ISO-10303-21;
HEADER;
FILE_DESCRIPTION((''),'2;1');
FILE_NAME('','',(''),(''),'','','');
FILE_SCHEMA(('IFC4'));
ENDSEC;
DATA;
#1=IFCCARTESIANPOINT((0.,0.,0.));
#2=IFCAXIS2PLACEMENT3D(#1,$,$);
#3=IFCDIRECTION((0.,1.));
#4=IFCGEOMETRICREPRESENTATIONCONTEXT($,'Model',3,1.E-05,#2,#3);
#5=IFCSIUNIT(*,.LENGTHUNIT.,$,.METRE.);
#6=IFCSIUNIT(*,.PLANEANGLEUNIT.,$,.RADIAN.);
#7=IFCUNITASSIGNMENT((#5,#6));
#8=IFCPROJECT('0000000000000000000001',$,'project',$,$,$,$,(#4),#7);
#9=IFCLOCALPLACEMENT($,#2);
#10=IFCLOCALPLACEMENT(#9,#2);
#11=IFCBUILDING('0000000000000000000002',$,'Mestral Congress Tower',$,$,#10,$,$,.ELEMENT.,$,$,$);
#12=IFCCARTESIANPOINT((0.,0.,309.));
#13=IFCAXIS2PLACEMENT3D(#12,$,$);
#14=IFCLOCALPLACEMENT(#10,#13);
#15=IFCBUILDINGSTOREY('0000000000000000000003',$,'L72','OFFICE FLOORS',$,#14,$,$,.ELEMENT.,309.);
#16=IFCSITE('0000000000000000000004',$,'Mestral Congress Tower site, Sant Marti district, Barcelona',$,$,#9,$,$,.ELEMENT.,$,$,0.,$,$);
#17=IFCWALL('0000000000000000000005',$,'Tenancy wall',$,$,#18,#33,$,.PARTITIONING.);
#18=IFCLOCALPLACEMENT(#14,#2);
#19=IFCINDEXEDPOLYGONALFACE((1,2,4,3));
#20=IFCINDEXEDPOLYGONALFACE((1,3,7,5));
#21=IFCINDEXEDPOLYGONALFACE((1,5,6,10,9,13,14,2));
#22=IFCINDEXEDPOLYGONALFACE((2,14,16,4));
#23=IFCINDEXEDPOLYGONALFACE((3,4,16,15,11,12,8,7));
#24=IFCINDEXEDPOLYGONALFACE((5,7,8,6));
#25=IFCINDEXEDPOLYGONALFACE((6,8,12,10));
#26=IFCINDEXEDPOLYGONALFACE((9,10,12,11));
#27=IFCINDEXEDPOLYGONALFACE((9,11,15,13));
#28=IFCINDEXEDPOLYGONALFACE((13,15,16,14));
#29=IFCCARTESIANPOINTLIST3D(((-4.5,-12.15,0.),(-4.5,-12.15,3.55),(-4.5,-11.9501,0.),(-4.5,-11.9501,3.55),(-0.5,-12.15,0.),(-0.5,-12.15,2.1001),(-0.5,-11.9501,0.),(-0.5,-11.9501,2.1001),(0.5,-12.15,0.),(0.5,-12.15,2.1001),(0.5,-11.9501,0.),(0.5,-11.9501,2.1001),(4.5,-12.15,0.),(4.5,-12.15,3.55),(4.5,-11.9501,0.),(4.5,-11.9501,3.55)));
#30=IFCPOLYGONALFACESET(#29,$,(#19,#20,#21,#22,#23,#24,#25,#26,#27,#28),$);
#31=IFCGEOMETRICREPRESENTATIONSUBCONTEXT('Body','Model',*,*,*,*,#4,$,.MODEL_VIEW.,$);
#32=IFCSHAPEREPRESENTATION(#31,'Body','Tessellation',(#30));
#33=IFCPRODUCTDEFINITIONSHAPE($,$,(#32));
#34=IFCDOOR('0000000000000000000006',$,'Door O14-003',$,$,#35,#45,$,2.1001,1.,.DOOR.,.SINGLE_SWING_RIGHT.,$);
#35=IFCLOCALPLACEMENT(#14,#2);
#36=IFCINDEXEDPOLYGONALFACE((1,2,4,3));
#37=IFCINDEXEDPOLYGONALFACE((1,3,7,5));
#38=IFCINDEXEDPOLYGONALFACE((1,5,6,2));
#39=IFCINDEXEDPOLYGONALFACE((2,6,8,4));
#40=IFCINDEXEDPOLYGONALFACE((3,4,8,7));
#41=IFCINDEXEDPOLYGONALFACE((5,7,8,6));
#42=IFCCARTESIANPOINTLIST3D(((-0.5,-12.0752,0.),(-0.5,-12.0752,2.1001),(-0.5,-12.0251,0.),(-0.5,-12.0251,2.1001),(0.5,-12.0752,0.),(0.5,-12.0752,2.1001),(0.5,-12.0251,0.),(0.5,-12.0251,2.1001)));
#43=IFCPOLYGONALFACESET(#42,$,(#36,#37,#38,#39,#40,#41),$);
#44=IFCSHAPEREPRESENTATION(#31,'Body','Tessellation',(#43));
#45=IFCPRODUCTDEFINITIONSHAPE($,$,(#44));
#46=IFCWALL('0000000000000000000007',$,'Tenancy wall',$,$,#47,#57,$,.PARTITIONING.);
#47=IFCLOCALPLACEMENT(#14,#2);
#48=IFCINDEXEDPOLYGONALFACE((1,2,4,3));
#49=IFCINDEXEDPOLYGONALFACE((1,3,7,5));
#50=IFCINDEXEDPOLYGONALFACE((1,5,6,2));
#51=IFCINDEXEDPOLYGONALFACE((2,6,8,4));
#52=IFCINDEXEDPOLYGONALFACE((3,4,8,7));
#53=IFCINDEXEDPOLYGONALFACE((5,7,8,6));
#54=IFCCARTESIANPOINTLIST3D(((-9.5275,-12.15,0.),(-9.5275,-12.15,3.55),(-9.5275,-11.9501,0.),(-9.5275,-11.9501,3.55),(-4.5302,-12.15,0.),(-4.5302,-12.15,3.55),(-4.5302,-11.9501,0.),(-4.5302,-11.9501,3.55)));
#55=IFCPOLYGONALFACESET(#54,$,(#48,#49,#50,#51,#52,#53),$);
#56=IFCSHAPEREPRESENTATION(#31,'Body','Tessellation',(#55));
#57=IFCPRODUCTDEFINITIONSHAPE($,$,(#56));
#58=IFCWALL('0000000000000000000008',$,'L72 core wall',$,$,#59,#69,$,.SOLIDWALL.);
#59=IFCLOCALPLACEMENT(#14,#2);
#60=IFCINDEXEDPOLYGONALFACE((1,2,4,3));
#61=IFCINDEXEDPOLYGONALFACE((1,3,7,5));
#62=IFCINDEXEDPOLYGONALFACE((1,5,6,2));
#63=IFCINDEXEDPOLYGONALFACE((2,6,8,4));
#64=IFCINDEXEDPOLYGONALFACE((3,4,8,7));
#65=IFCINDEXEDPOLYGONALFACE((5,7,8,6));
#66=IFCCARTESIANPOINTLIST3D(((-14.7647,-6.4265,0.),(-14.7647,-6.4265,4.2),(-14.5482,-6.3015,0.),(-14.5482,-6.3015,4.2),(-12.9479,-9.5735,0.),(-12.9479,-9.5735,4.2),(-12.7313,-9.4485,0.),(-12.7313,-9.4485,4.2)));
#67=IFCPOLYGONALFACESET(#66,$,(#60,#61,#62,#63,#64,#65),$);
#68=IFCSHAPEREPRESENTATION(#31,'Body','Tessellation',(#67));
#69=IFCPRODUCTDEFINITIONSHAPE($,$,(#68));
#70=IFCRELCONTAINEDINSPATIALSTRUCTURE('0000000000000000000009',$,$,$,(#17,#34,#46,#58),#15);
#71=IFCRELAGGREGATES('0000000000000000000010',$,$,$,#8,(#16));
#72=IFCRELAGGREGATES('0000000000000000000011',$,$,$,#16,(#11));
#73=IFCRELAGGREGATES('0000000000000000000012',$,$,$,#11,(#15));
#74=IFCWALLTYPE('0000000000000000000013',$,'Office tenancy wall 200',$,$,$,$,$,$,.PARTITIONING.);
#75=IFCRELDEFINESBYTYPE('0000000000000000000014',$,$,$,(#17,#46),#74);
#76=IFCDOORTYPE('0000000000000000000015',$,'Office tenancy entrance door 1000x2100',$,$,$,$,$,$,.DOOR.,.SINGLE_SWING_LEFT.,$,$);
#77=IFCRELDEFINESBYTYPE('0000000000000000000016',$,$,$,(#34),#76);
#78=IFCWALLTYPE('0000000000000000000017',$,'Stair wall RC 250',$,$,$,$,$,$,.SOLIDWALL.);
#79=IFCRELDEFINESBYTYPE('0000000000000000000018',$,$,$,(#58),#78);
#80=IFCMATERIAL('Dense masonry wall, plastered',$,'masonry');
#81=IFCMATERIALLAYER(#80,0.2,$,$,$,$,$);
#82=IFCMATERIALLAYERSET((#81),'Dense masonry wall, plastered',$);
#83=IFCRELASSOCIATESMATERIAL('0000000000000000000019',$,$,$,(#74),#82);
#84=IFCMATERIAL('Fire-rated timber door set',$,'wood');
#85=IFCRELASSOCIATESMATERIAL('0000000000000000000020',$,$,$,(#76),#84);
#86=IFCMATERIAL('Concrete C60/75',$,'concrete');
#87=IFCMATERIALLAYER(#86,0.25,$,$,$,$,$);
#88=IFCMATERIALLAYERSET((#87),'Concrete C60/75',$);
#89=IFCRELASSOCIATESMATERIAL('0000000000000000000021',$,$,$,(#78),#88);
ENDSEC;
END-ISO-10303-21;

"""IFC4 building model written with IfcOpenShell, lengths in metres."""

from ifc_helpers import new_model, si_unit, direction, frame, frame_2d, origin, place, context, subcontext, project, spatial, rectangle, extrude, material, layer, layer_set, type_object, element, fill, save


model = new_model("IFC4")

# Units and contexts
model_context = context("Model", 3, precision=1e-05, world=origin(), true_north=direction((0.0, 1.0)))
body_context = subcontext(model_context, "Body", "Model", "MODEL_VIEW")
ifc_project = project(units=[si_unit("LENGTHUNIT", "METRE"), si_unit("PLANEANGLEUNIT", "RADIAN")], contexts=[model_context])

# Site, building, storey
site_placement = place(None, origin())
site = spatial("IfcSite", under=ifc_project, at=site_placement, Name="Mestral Congress Tower site, Sant Marti district, Barcelona", CompositionType="ELEMENT", RefElevation=0.0)
building_placement = place(site_placement, origin())
building = spatial("IfcBuilding", under=site, at=building_placement, Name="Mestral Congress Tower", CompositionType="ELEMENT")
storey_placement = place(building_placement, frame((0.0, 0.0, 309.0)))
storey = spatial("IfcBuildingStorey", under=building, at=storey_placement, Name="L72", Description="OFFICE FLOORS", CompositionType="ELEMENT", Elevation=309.0)

# Shared definitions
ifc_material_1 = material(Name="Concrete C60/75", Category="concrete")

# Shared definitions
ifc_material_2 = material(Name="Dense masonry wall, plastered", Category="masonry")
ifc_layer_1 = layer(ifc_material_2, 0.2)
ifc_layer_set_1 = layer_set([ifc_layer_1], Name="Dense masonry wall, plastered")
wall_type_1 = type_object("IfcWallType", Name="Office tenancy wall 200", PredefinedType="PARTITIONING", material=ifc_layer_set_1)

# Wall, opening, door
wall_1_placement = place(storey_placement, frame((-4.5, -12.05, 0.0), z_axis=(0.0, 0.0, 1.0), x_axis=(1.0, 0.0, 0.0)))
wall_1 = element("IfcWall", 1, at=wall_1_placement, inside=storey, type_object=wall_type_1, Name="Tenancy wall", PredefinedType="PARTITIONING", context=body_context, shape_type="SweptSolid", body=[
    extrude(rectangle(XDim=9.0, YDim=0.2, at=frame_2d((4.5, 0.0))), origin(), (0.0, 0.0, 1.0), 3.55),
])
opening_1_placement = place(wall_1_placement, frame((4.0, 0.0, 0.0)))
opening_1 = element("IfcOpeningElement", 2, at=opening_1_placement, cuts=wall_1, PredefinedType="OPENING", context=body_context, shape_type="SweptSolid", body=[
    extrude(rectangle(XDim=1.0, YDim=2.1001, at=frame_2d((0.5, 1.05))), frame((0.0, 0.1099, 0.0), z_axis=(0.0, -1.0, 0.0), x_axis=(1.0, 0.0, 0.0)), (0.0, 0.0, 1.0), 0.22),
])
ifc_material_3 = material(Name="Fire-rated timber door set", Category="wood")
door_type_1 = type_object("IfcDoorType", Name="Office tenancy entrance door 1000x2100", OperationType="SINGLE_SWING_LEFT", PredefinedType="DOOR", material=ifc_material_3)
door_1_placement = place(opening_1_placement, origin())
door_1 = element("IfcDoor", 3, at=door_1_placement, inside=storey, type_object=door_type_1, Name="Door O14-003", OperationType="SINGLE_SWING_RIGHT", OverallHeight=2.1001, OverallWidth=1.0, PredefinedType="DOOR", context=body_context, shape_type="SweptSolid", body=[
    extrude(rectangle(XDim=1.0, YDim=2.1001, at=frame_2d((0.5, 1.05))), frame((0.0, 0.0249, 0.0), z_axis=(0.0, -1.0, 0.0), x_axis=(1.0, 0.0, 0.0)), (0.0, 0.0, 1.0), 0.05),
])
fill(opening_1, door_1)

# Walls
wall_2_placement = place(storey_placement, frame((-9.5273, -12.05, 0.0), z_axis=(0.0, 0.0, 1.0), x_axis=(1.0, 0.0, 0.0)))
element("IfcWall", 4, at=wall_2_placement, inside=storey, type_object=wall_type_1, Name="Tenancy wall", PredefinedType="PARTITIONING", context=body_context, shape_type="SweptSolid", body=[
    extrude(rectangle(XDim=4.9973, YDim=0.2, at=frame_2d((2.4985, 0.0))), origin(), (0.0, 0.0, 1.0), 3.55),
])
ifc_layer_2 = layer(ifc_material_1, 0.25)
ifc_layer_set_2 = layer_set([ifc_layer_2], Name="Concrete C60/75")
wall_type_2 = type_object("IfcWallType", Name="Stair wall RC 250", PredefinedType="SOLIDWALL", material=ifc_layer_set_2)
wall_3_placement = place(storey_placement, frame((-12.8396, -9.511, 0.0), z_axis=(0.0, 0.0, 1.0), x_axis=(-0.499998, 0.866027, 0.0)))
element("IfcWall", 5, at=wall_3_placement, inside=storey, type_object=wall_type_2, Name="L72 core wall", PredefinedType="SOLIDWALL", context=body_context, shape_type="SweptSolid", body=[
    extrude(rectangle(XDim=3.6338, YDim=0.25, at=frame_2d((1.8169, 0.0))), origin(), (0.0, 0.0, 1.0), 4.2),
])

save(model, "model.ifc")
